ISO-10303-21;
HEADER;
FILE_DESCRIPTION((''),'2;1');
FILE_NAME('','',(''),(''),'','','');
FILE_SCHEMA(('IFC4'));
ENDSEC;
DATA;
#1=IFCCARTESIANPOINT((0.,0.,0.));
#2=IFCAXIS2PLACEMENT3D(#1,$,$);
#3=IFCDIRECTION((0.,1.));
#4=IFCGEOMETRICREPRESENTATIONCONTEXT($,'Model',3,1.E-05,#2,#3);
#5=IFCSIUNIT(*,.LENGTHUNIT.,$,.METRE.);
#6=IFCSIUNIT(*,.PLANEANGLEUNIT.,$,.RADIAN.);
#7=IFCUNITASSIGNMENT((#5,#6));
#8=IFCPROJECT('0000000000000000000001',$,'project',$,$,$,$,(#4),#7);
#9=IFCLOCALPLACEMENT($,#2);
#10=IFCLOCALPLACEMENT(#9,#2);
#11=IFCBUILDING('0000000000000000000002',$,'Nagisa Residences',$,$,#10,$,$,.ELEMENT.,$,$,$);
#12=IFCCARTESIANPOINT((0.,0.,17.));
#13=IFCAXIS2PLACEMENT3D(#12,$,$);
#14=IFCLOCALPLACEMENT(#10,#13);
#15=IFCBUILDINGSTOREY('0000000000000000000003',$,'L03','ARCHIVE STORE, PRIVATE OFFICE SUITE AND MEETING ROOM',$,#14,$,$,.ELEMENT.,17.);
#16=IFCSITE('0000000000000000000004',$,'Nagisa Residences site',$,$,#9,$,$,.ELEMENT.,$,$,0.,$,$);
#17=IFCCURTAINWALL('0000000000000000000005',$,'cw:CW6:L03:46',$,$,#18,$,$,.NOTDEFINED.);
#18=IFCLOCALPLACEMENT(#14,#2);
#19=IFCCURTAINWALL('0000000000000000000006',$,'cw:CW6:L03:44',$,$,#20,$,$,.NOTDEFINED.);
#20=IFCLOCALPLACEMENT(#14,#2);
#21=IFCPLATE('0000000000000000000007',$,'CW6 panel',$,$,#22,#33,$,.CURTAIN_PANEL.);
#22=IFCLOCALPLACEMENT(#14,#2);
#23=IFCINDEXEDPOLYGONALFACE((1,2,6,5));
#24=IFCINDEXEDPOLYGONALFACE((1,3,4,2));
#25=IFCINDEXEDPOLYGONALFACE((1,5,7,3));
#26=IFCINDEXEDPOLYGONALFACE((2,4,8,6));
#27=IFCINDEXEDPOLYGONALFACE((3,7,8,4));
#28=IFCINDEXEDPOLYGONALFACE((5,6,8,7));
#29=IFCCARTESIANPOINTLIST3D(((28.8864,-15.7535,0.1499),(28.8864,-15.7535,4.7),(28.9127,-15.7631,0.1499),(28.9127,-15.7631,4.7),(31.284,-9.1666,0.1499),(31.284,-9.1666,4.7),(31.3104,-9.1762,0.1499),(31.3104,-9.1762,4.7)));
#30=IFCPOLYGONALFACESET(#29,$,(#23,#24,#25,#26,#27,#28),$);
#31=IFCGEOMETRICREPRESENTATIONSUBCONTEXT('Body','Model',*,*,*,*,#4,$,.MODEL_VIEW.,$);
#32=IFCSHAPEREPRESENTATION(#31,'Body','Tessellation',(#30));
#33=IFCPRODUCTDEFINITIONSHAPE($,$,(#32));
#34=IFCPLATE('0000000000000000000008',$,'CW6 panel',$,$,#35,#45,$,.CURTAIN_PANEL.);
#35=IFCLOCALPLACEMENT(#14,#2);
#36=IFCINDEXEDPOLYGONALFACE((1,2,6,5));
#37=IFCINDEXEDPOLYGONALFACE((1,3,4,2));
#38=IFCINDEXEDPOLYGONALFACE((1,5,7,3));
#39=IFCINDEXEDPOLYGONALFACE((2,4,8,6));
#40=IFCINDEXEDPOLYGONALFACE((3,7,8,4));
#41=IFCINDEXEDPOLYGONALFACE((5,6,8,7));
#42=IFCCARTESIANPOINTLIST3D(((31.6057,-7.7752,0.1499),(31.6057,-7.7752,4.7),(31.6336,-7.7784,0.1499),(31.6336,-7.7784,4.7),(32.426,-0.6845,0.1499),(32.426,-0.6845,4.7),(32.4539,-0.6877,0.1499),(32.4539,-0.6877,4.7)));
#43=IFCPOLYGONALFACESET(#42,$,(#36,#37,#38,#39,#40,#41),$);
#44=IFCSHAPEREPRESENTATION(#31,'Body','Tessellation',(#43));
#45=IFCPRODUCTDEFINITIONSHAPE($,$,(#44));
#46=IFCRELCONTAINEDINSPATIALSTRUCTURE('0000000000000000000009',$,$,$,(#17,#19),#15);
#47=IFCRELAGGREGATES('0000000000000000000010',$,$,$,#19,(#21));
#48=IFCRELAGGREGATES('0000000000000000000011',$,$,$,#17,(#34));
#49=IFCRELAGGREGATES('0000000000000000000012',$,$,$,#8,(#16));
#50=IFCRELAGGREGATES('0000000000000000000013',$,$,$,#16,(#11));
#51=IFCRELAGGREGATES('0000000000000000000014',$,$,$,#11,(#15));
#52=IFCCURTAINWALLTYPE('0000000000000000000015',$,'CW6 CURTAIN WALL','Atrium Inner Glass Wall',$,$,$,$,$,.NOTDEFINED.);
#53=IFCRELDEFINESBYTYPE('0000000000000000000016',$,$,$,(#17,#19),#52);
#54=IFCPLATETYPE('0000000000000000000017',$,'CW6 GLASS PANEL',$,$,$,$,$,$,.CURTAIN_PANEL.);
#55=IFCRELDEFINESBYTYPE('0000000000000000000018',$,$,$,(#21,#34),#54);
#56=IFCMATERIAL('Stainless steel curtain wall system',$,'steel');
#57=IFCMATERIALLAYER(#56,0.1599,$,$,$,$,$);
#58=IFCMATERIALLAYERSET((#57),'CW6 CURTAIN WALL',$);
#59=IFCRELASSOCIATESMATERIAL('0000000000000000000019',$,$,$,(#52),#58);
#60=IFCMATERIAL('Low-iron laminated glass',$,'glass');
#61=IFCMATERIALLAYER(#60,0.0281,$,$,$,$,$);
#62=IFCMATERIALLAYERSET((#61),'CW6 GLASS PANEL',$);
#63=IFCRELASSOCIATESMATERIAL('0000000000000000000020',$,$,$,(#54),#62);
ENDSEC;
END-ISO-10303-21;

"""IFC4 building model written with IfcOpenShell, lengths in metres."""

from ifc_helpers import new_model, si_unit, direction, frame, origin, origin_2d, place, context, subcontext, project, spatial, rectangle, extrude, material, layer, layer_set, type_object, element, aggregate, save


model = new_model("IFC4")

# Units and contexts
model_context = context("Model", 3, precision=1e-05, world=origin(), true_north=direction((0.0, 1.0)))
body_context = subcontext(model_context, "Body", "Model", "MODEL_VIEW")
ifc_project = project(units=[si_unit("LENGTHUNIT", "METRE"), si_unit("PLANEANGLEUNIT", "RADIAN")], contexts=[model_context])

# Site, building, storey
site_placement = place(None, origin())
site = spatial("IfcSite", under=ifc_project, at=site_placement, Name="Nagisa Residences site", CompositionType="ELEMENT", RefElevation=0.0)
building_placement = place(site_placement, origin())
building = spatial("IfcBuilding", under=site, at=building_placement, Name="Nagisa Residences", CompositionType="ELEMENT")
storey_placement = place(building_placement, frame((0.0, 0.0, 17.0)))
storey = spatial("IfcBuildingStorey", under=building, at=storey_placement, Name="L03", Description="ARCHIVE STORE, PRIVATE OFFICE SUITE AND MEETING ROOM", CompositionType="ELEMENT", Elevation=17.0)

# Curtain wall
ifc_material_1 = material(Name="Stainless steel curtain wall system", Category="steel")
ifc_layer_1 = layer(ifc_material_1, 0.1599)
ifc_layer_set_1 = layer_set([ifc_layer_1], Name="CW6 CURTAIN WALL")
curtain_wall_type_1 = type_object("IfcCurtainWallType", Name="CW6 CURTAIN WALL", Description="Atrium Inner Glass Wall", PredefinedType="NOTDEFINED", material=ifc_layer_set_1)
curtain_wall_1_placement = place(storey_placement, origin())
curtain_wall_1 = element("IfcCurtainWall", 1, at=curtain_wall_1_placement, inside=storey, type_object=curtain_wall_type_1, Name="cw:CW6:L03:46", PredefinedType="NOTDEFINED")

# Curtain wall, plate
curtain_wall_2_placement = place(storey_placement, origin())
curtain_wall_2 = element("IfcCurtainWall", 2, at=curtain_wall_2_placement, inside=storey, type_object=curtain_wall_type_1, Name="cw:CW6:L03:44", PredefinedType="NOTDEFINED")
ifc_material_2 = material(Name="Low-iron laminated glass", Category="glass")
ifc_layer_2 = layer(ifc_material_2, 0.0281)
ifc_layer_set_2 = layer_set([ifc_layer_2], Name="CW6 GLASS PANEL")
plate_type_1 = type_object("IfcPlateType", Name="CW6 GLASS PANEL", PredefinedType="CURTAIN_PANEL", material=ifc_layer_set_2)
plate_1_placement = place(storey_placement, frame((30.0984, -12.4648, 0.1499), z_axis=(0.0, 0.0, 1.0), x_axis=(0.34205, 0.939682, 0.0)))
plate_1 = element("IfcPlate", 3, at=plate_1_placement, type_object=plate_type_1, Name="CW6 panel", PredefinedType="CURTAIN_PANEL", context=body_context, shape_type="SweptSolid", body=[
    extrude(rectangle(XDim=7.0098, YDim=0.0281, at=origin_2d()), origin(), (0.0, 0.0, 1.0), 4.55),
])
aggregate(curtain_wall_2, [plate_1])

# Plate
plate_2_placement = place(storey_placement, frame((32.0298, -4.2314, 0.1499), z_axis=(0.0, 0.0, 1.0), x_axis=(0.114928, 0.993374, 0.0)))
plate_2 = element("IfcPlate", 4, at=plate_2_placement, type_object=plate_type_1, Name="CW6 panel", PredefinedType="CURTAIN_PANEL", context=body_context, shape_type="SweptSolid", body=[
    extrude(rectangle(XDim=7.1379, YDim=0.0281, at=origin_2d()), origin(), (0.0, 0.0, 1.0), 4.55),
])
aggregate(curtain_wall_1, [plate_2])

save(model, "model.ifc")
